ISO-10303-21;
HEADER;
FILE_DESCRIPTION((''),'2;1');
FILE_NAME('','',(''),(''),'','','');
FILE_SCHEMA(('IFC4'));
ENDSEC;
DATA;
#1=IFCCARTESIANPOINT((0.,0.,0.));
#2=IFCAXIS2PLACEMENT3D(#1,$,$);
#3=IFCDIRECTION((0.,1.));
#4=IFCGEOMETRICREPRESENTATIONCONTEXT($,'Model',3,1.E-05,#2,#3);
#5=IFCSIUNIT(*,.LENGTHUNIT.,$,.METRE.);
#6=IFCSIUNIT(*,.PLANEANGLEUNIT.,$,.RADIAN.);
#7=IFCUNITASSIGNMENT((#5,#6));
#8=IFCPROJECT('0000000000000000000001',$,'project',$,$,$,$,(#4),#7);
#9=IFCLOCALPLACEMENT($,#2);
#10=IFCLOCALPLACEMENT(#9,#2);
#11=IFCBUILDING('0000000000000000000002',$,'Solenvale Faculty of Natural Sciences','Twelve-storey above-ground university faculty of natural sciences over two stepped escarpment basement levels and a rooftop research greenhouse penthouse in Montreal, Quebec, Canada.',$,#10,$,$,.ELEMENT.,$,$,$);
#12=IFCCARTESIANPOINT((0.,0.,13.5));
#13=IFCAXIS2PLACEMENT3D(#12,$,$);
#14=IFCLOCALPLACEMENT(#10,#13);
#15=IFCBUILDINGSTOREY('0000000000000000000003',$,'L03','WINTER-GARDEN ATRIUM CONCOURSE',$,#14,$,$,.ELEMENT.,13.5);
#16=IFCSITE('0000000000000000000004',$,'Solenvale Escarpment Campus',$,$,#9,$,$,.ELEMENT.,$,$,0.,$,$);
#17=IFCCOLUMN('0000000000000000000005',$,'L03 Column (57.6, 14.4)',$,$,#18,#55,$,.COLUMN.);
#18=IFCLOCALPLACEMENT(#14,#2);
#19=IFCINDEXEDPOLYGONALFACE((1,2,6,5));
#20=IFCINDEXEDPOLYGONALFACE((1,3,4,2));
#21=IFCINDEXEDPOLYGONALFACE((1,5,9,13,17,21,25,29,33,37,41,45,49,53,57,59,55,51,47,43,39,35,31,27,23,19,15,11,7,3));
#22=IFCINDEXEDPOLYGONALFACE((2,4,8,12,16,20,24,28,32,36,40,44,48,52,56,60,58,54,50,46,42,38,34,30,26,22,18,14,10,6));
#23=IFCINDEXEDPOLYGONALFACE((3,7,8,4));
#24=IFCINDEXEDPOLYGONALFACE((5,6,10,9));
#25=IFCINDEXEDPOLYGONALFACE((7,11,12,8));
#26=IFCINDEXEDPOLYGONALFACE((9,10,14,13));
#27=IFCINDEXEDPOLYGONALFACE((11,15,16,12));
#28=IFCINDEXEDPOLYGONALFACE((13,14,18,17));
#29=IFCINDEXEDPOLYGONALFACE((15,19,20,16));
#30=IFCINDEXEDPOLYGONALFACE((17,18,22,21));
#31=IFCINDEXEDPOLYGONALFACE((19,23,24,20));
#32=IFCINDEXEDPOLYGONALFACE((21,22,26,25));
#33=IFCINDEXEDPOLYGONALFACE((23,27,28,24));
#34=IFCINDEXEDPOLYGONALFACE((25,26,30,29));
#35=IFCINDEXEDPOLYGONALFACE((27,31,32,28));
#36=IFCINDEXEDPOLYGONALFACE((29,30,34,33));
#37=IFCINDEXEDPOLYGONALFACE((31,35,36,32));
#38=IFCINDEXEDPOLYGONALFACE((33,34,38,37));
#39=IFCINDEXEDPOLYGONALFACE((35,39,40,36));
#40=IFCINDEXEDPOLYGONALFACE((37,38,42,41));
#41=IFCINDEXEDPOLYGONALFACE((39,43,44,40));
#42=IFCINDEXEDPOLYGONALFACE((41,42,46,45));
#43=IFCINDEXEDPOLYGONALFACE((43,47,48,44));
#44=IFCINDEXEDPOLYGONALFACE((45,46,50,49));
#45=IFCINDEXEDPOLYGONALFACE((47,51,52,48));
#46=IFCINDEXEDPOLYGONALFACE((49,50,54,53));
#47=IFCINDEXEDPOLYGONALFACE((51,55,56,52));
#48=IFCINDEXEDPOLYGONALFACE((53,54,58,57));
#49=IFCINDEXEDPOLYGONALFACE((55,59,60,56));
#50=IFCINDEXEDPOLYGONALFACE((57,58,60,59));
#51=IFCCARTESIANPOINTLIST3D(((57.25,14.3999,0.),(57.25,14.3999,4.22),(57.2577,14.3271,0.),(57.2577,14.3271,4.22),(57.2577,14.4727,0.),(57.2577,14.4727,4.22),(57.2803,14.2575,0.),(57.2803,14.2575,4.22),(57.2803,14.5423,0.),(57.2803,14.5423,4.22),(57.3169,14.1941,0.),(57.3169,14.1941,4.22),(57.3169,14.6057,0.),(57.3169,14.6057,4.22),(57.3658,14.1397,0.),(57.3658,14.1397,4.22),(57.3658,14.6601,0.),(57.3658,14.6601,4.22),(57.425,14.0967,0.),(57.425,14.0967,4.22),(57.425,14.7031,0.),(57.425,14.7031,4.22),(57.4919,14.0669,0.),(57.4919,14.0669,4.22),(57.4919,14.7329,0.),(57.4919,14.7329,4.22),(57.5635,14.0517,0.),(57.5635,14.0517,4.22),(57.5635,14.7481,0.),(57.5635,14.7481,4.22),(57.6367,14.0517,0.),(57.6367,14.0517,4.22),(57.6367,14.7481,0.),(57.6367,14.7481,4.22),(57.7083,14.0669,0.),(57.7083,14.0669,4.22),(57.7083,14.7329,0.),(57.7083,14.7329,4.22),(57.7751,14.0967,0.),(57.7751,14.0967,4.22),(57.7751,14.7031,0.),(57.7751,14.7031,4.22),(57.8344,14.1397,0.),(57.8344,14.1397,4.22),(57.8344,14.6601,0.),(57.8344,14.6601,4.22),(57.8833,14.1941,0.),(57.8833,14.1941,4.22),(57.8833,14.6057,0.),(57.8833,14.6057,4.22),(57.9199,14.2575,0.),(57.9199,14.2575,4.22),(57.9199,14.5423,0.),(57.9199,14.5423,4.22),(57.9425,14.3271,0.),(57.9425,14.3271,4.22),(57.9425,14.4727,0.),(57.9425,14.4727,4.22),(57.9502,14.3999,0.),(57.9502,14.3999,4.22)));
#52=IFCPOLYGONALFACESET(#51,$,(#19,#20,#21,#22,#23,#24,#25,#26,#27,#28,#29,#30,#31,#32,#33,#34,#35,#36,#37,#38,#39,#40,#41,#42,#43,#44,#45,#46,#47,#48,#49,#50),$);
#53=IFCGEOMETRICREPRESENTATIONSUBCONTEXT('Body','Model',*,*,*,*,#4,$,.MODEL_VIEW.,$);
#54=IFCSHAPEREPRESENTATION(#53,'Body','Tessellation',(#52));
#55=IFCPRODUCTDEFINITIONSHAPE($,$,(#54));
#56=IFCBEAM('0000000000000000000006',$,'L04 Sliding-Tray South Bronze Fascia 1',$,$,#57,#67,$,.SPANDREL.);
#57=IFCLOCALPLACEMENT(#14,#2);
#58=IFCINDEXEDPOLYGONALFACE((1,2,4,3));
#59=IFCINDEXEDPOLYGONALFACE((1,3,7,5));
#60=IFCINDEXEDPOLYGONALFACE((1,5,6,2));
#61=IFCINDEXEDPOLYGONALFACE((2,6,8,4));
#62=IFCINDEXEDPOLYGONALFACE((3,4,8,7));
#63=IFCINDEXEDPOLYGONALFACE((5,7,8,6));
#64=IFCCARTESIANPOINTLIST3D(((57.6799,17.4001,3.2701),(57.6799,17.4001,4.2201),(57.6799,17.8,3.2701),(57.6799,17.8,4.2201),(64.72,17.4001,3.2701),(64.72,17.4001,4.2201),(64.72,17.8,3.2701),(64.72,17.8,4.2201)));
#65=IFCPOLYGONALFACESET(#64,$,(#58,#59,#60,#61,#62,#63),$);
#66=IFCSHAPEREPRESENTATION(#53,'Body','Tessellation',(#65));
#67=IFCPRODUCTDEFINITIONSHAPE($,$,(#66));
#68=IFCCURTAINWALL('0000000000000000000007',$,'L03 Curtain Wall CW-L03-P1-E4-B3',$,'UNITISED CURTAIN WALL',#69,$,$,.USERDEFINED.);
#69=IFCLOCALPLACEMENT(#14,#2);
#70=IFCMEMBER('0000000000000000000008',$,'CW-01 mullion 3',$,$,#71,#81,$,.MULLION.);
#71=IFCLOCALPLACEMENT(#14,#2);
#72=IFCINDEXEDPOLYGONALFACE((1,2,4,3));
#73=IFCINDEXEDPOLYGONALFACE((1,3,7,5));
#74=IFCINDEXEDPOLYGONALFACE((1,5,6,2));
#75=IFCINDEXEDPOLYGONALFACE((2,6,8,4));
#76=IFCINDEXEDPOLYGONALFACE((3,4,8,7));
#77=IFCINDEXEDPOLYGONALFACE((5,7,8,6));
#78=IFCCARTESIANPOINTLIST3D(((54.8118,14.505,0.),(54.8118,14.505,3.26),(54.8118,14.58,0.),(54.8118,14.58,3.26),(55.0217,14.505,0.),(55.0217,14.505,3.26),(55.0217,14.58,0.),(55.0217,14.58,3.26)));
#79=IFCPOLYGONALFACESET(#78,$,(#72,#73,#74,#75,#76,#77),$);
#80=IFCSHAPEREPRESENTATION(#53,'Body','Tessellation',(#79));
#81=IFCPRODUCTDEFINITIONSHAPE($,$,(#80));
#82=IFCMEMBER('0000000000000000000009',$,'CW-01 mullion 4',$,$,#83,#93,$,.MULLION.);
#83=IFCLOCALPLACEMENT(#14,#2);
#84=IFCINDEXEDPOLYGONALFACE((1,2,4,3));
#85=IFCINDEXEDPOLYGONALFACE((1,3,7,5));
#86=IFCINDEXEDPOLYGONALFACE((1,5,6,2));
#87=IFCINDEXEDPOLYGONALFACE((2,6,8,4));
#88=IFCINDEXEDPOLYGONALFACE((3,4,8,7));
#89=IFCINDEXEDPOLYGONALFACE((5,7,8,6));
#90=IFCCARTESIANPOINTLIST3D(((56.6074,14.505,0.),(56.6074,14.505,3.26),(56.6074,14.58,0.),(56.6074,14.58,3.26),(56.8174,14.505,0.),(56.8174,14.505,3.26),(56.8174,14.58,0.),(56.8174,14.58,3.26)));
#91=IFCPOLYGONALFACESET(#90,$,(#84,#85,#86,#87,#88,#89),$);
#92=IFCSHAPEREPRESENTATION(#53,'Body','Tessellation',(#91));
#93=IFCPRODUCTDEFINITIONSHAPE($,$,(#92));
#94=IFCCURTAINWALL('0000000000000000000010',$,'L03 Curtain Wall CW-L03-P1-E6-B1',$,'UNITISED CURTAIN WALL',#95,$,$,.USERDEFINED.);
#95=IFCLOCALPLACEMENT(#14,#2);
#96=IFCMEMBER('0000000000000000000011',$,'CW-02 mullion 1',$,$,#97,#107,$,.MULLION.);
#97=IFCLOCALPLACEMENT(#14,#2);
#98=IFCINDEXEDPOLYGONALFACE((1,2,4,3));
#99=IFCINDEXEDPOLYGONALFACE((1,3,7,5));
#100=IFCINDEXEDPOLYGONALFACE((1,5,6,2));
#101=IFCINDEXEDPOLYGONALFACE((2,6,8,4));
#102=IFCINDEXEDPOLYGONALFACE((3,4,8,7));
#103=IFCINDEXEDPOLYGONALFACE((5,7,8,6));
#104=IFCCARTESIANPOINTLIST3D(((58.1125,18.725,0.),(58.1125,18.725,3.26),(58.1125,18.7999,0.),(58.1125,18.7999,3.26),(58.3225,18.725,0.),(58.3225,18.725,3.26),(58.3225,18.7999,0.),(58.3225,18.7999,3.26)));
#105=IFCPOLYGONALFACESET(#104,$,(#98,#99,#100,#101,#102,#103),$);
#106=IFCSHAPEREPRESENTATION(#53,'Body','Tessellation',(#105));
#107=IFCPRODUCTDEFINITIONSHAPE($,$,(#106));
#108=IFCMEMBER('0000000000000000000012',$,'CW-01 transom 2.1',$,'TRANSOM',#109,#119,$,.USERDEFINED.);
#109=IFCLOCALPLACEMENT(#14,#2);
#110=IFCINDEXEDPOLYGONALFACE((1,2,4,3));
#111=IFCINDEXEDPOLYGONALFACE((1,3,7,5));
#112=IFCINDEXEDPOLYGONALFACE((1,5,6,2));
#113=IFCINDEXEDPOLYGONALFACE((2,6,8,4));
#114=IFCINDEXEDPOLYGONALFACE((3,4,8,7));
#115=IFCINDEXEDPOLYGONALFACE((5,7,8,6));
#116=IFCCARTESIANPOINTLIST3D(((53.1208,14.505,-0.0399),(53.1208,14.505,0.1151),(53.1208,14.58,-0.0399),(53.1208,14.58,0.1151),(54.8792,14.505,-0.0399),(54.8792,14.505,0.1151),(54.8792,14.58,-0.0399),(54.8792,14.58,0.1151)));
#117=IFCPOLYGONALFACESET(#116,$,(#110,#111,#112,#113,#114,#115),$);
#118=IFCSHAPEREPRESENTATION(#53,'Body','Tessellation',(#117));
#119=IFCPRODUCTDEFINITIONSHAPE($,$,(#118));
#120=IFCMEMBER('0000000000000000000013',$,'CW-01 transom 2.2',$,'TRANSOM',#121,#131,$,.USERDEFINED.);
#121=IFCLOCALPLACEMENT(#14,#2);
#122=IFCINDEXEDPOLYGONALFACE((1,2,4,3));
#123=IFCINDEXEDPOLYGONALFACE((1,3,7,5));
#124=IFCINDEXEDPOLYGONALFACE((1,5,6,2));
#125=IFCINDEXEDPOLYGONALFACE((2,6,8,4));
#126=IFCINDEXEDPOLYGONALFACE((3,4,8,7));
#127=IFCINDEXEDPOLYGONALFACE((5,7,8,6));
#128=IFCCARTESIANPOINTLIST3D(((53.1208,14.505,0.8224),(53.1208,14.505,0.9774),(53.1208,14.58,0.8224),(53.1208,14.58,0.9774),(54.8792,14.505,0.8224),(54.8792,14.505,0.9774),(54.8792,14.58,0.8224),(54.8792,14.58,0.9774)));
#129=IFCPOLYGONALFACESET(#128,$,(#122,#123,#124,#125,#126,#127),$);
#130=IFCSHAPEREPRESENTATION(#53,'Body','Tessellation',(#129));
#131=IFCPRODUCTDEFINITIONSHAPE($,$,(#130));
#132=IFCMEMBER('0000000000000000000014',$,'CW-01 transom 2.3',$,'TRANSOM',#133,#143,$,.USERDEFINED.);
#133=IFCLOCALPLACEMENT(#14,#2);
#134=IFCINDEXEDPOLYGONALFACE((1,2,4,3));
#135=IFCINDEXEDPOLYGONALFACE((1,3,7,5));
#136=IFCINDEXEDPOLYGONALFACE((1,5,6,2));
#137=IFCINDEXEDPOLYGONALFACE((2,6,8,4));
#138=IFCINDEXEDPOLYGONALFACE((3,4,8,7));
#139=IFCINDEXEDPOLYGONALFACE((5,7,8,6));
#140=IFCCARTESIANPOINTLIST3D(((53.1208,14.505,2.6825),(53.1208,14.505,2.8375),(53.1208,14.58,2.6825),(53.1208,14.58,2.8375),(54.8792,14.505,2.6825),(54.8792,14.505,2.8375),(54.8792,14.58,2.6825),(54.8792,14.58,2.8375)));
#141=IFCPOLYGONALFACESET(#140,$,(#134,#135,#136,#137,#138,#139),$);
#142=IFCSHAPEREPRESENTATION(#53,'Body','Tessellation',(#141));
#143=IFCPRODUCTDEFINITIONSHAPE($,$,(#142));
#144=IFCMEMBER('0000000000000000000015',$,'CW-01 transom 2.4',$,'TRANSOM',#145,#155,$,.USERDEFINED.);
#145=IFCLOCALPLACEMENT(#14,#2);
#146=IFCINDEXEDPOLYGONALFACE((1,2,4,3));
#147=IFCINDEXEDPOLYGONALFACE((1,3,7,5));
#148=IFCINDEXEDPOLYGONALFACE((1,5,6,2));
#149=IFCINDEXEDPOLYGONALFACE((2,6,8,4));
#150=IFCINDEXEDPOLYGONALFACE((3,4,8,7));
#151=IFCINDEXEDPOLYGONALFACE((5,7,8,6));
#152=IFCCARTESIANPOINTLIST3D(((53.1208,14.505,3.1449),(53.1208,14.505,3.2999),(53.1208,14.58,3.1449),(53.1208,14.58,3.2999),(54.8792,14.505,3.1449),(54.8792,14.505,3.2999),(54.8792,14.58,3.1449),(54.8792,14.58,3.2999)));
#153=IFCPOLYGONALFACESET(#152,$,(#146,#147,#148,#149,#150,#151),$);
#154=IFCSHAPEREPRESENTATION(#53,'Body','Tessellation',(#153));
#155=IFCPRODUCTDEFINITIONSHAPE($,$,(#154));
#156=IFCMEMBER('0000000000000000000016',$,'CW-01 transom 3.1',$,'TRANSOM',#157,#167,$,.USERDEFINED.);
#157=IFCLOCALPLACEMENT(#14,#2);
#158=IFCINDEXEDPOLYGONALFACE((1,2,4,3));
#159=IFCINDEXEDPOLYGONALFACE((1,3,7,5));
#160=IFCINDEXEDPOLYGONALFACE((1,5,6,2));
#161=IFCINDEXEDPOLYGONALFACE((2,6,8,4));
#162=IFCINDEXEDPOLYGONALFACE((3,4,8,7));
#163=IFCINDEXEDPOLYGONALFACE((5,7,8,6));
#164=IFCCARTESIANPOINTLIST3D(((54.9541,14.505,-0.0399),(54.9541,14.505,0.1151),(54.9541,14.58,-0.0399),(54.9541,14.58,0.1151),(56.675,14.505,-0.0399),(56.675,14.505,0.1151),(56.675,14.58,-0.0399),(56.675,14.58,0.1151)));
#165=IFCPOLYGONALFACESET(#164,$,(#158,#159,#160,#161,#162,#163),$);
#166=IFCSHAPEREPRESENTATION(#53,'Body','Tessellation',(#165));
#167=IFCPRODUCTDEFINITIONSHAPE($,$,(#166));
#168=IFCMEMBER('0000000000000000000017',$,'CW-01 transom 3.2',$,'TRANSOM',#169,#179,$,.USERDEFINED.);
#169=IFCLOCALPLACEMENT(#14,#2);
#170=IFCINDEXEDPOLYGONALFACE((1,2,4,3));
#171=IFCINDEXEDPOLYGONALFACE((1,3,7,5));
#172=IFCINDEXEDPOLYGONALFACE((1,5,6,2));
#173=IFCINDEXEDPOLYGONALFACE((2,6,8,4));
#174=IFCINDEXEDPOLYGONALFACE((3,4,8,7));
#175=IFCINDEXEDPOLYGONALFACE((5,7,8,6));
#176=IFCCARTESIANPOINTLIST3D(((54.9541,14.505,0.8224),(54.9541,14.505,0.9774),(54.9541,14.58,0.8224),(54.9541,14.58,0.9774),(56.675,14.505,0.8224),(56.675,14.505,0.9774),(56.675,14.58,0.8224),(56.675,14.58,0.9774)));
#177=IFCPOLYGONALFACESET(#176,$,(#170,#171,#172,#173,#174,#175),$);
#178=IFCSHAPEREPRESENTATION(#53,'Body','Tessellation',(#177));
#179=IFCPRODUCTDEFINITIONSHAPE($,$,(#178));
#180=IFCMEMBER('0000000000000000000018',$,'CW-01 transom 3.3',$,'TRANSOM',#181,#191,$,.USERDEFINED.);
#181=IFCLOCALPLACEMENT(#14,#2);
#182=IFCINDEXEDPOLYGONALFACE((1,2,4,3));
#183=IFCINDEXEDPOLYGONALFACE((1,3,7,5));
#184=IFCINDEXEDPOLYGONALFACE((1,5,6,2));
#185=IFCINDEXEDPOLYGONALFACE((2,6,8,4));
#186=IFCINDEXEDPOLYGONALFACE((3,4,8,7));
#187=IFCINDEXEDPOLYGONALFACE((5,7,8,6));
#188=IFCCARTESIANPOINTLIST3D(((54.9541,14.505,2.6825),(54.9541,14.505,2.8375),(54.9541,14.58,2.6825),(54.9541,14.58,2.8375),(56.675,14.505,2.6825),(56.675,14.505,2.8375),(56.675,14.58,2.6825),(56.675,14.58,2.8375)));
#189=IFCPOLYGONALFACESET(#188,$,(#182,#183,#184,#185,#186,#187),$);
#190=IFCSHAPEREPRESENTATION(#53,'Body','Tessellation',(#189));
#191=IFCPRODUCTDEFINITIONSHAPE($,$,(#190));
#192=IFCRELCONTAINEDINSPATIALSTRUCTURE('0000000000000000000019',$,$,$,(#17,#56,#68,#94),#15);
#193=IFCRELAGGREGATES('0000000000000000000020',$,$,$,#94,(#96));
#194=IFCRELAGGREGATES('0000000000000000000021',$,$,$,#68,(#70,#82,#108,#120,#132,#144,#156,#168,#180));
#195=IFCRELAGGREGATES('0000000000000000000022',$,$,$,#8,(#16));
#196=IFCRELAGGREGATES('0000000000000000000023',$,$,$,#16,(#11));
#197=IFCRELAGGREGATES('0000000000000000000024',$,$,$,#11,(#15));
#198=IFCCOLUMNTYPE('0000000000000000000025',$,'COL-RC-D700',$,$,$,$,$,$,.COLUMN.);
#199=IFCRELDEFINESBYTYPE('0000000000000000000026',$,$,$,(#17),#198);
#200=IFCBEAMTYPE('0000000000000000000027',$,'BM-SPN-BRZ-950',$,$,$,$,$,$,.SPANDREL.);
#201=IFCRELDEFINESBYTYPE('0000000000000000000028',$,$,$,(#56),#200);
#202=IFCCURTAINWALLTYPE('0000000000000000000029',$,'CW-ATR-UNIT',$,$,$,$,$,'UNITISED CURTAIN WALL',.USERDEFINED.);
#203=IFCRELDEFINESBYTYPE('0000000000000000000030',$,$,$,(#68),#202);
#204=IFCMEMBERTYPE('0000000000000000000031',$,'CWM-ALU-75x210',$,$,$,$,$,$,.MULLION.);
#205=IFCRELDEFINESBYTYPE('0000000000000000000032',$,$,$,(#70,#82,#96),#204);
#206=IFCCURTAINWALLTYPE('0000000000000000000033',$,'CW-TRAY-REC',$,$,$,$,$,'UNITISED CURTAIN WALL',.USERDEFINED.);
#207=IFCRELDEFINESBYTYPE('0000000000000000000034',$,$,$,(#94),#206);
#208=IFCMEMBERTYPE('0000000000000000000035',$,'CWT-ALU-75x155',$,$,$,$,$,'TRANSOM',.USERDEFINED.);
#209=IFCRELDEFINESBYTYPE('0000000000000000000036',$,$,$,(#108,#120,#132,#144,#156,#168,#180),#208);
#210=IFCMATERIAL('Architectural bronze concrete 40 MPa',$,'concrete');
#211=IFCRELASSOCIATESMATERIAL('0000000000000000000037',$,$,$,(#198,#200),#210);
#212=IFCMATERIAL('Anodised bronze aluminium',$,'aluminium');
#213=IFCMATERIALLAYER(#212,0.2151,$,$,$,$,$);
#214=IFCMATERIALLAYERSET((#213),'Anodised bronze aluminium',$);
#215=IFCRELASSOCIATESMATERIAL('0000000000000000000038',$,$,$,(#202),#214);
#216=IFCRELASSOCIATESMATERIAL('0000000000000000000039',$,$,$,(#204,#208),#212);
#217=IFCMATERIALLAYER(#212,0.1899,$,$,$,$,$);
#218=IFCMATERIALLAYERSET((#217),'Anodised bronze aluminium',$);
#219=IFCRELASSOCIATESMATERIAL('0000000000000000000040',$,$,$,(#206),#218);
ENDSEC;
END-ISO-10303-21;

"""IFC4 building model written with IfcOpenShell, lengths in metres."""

from ifc_helpers import new_model, si_unit, direction, frame, origin, origin_2d, place, context, subcontext, project, spatial, rectangle, circle, extrude, material, layer, layer_set, material_profile, profile_set, type_object, element, aggregate, save


model = new_model("IFC4")

# Units and contexts
model_context = context("Model", 3, precision=1e-05, world=origin(), true_north=direction((0.0, 1.0)))
body_context = subcontext(model_context, "Body", "Model", "MODEL_VIEW")
ifc_project = project(units=[si_unit("LENGTHUNIT", "METRE"), si_unit("PLANEANGLEUNIT", "RADIAN")], contexts=[model_context])

# Site, building, storey
site_placement = place(None, origin())
site = spatial("IfcSite", under=ifc_project, at=site_placement, Name="Solenvale Escarpment Campus", CompositionType="ELEMENT", RefElevation=0.0)
building_placement = place(site_placement, origin())
building = spatial("IfcBuilding", under=site, at=building_placement, Name="Solenvale Faculty of Natural Sciences", Description="Twelve-storey above-ground university faculty of natural sciences over two stepped escarpment basement levels and a rooftop research greenhouse penthouse in Montreal, Quebec, Canada.", CompositionType="ELEMENT")
storey_placement = place(building_placement, frame((0.0, 0.0, 13.5)))
storey = spatial("IfcBuildingStorey", under=building, at=storey_placement, Name="L03", Description="WINTER-GARDEN ATRIUM CONCOURSE", CompositionType="ELEMENT", Elevation=13.5)

# Column
ifc_material_1 = material(Name="Architectural bronze concrete 40 MPa", Category="concrete")
ifc_material_profile_1 = material_profile(ifc_material_1, circle(Radius=0.3501, at=origin_2d()), Name="RC-COL-D700")
ifc_profile_set_1 = profile_set([ifc_material_profile_1], Name="Architectural bronze concrete 40 MPa")
column_type = type_object("IfcColumnType", Name="COL-RC-D700", PredefinedType="COLUMN", material=ifc_profile_set_1)
column_placement = place(storey_placement, frame((57.6001, 14.3999, 0.0), z_axis=(0.0, 0.0, 1.0), x_axis=(1.0, 0.0, 0.0)))
element("IfcColumn", 1, at=column_placement, inside=storey, type_object=column_type, Name="L03 Column (57.6, 14.4)", PredefinedType="COLUMN", context=body_context, shape_type="SweptSolid", body=[
    extrude(circle(Radius=0.3501, at=origin_2d()), origin(), (0.0, 0.0, 1.0), 4.22),
])

# Beam
ifc_material_profile_2 = material_profile(ifc_material_1, rectangle(XDim=0.3999, YDim=0.95, at=origin_2d()), Name="RC-SPN-400x950")
ifc_profile_set_2 = profile_set([ifc_material_profile_2], Name="Architectural bronze concrete 40 MPa")
beam_type = type_object("IfcBeamType", Name="BM-SPN-BRZ-950", PredefinedType="SPANDREL", material=ifc_profile_set_2)
beam_placement = place(storey_placement, frame((57.6799, 17.6001, 3.7451), z_axis=(1.0, 0.0, 0.0), x_axis=(0.0, 1.0, 0.0)))
element("IfcBeam", 2, at=beam_placement, inside=storey, type_object=beam_type, Name="L04 Sliding-Tray South Bronze Fascia 1", PredefinedType="SPANDREL", context=body_context, shape_type="SweptSolid", body=[
    extrude(rectangle(XDim=0.3999, YDim=0.95, at=origin_2d()), origin(), (0.0, 0.0, 1.0), 7.04),
])

# Curtain wall, members
ifc_material_2 = material(Name="Anodised bronze aluminium", Category="aluminium")
ifc_layer_1 = layer(ifc_material_2, 0.2151)
ifc_layer_set_1 = layer_set([ifc_layer_1], Name="Anodised bronze aluminium")
curtain_wall_type_1 = type_object("IfcCurtainWallType", Name="CW-ATR-UNIT", ElementType="UNITISED CURTAIN WALL", PredefinedType="USERDEFINED", material=ifc_layer_set_1)
curtain_wall_1_placement = place(storey_placement, origin())
curtain_wall_1 = element("IfcCurtainWall", 3, at=curtain_wall_1_placement, inside=storey, type_object=curtain_wall_type_1, Name="L03 Curtain Wall CW-L03-P1-E4-B3", ObjectType="UNITISED CURTAIN WALL", PredefinedType="USERDEFINED")
ifc_material_profile_3 = material_profile(ifc_material_2, rectangle(XDim=0.075, YDim=0.21, at=origin_2d()), Name="ALU-MUL-75x210")
ifc_profile_set_3 = profile_set([ifc_material_profile_3], Name="Anodised bronze aluminium")
member_type_1 = type_object("IfcMemberType", Name="CWM-ALU-75x210", PredefinedType="MULLION", material=ifc_profile_set_3)
member_1_placement = place(storey_placement, frame((54.9167, 14.5425, 0.0), z_axis=(0.0, 0.0, 1.0), x_axis=(0.0, 1.0, 0.0)))
member_1 = element("IfcMember", 4, at=member_1_placement, type_object=member_type_1, Name="CW-01 mullion 3", PredefinedType="MULLION", context=body_context, shape_type="SweptSolid", body=[
    extrude(rectangle(XDim=0.075, YDim=0.21, at=origin_2d()), origin(), (0.0, 0.0, 1.0), 3.26),
])
member_2_placement = place(storey_placement, frame((56.7124, 14.5425, 0.0), z_axis=(0.0, 0.0, 1.0), x_axis=(0.0, 1.0, 0.0)))
member_2 = element("IfcMember", 5, at=member_2_placement, type_object=member_type_1, Name="CW-01 mullion 4", PredefinedType="MULLION", context=body_context, shape_type="SweptSolid", body=[
    extrude(rectangle(XDim=0.075, YDim=0.21, at=origin_2d()), origin(), (0.0, 0.0, 1.0), 3.26),
])

# Curtain wall, member
ifc_layer_2 = layer(ifc_material_2, 0.1899)
ifc_layer_set_2 = layer_set([ifc_layer_2], Name="Anodised bronze aluminium")
curtain_wall_type_2 = type_object("IfcCurtainWallType", Name="CW-TRAY-REC", ElementType="UNITISED CURTAIN WALL", PredefinedType="USERDEFINED", material=ifc_layer_set_2)
curtain_wall_2_placement = place(storey_placement, origin())
curtain_wall_2 = element("IfcCurtainWall", 6, at=curtain_wall_2_placement, inside=storey, type_object=curtain_wall_type_2, Name="L03 Curtain Wall CW-L03-P1-E6-B1", ObjectType="UNITISED CURTAIN WALL", PredefinedType="USERDEFINED")
member_3_placement = place(storey_placement, frame((58.2175, 18.7625, 0.0), z_axis=(0.0, 0.0, 1.0), x_axis=(0.0, 1.0, 0.0)))
member_3 = element("IfcMember", 7, at=member_3_placement, type_object=member_type_1, Name="CW-02 mullion 1", PredefinedType="MULLION", context=body_context, shape_type="SweptSolid", body=[
    extrude(rectangle(XDim=0.075, YDim=0.21, at=origin_2d()), origin(), (0.0, 0.0, 1.0), 3.26),
])

# Members
ifc_material_profile_4 = material_profile(ifc_material_2, rectangle(XDim=0.075, YDim=0.155, at=origin_2d()), Name="ALU-TRN-75x155")
ifc_profile_set_4 = profile_set([ifc_material_profile_4], Name="Anodised bronze aluminium")
member_type_2 = type_object("IfcMemberType", Name="CWT-ALU-75x155", ElementType="TRANSOM", PredefinedType="USERDEFINED", material=ifc_profile_set_4)
member_4_placement = place(storey_placement, frame((53.1208, 14.5425, 0.0376), z_axis=(1.0, 0.0, 0.0), x_axis=(0.0, 1.0, 0.0)))
member_4 = element("IfcMember", 8, at=member_4_placement, type_object=member_type_2, Name="CW-01 transom 2.1", ObjectType="TRANSOM", PredefinedType="USERDEFINED", context=body_context, shape_type="SweptSolid", body=[
    extrude(rectangle(XDim=0.075, YDim=0.155, at=origin_2d()), origin(), (0.0, 0.0, 1.0), 1.7583),
])
member_5_placement = place(storey_placement, frame((53.1208, 14.5425, 0.8999), z_axis=(1.0, 0.0, 0.0), x_axis=(0.0, 1.0, 0.0)))
member_5 = element("IfcMember", 9, at=member_5_placement, type_object=member_type_2, Name="CW-01 transom 2.2", ObjectType="TRANSOM", PredefinedType="USERDEFINED", context=body_context, shape_type="SweptSolid", body=[
    extrude(rectangle(XDim=0.075, YDim=0.155, at=origin_2d()), origin(), (0.0, 0.0, 1.0), 1.7583),
])
member_6_placement = place(storey_placement, frame((53.1208, 14.5425, 2.76), z_axis=(1.0, 0.0, 0.0), x_axis=(0.0, 1.0, 0.0)))
member_6 = element("IfcMember", 10, at=member_6_placement, type_object=member_type_2, Name="CW-01 transom 2.3", ObjectType="TRANSOM", PredefinedType="USERDEFINED", context=body_context, shape_type="SweptSolid", body=[
    extrude(rectangle(XDim=0.075, YDim=0.155, at=origin_2d()), origin(), (0.0, 0.0, 1.0), 1.7583),
])
member_7_placement = place(storey_placement, frame((53.1208, 14.5425, 3.2224), z_axis=(1.0, 0.0, 0.0), x_axis=(0.0, 1.0, 0.0)))
member_7 = element("IfcMember", 11, at=member_7_placement, type_object=member_type_2, Name="CW-01 transom 2.4", ObjectType="TRANSOM", PredefinedType="USERDEFINED", context=body_context, shape_type="SweptSolid", body=[
    extrude(rectangle(XDim=0.075, YDim=0.155, at=origin_2d()), origin(), (0.0, 0.0, 1.0), 1.7583),
])
member_8_placement = place(storey_placement, frame((54.9541, 14.5425, 0.0376), z_axis=(1.0, 0.0, 0.0), x_axis=(0.0, 1.0, 0.0)))
member_8 = element("IfcMember", 12, at=member_8_placement, type_object=member_type_2, Name="CW-01 transom 3.1", ObjectType="TRANSOM", PredefinedType="USERDEFINED", context=body_context, shape_type="SweptSolid", body=[
    extrude(rectangle(XDim=0.075, YDim=0.155, at=origin_2d()), origin(), (0.0, 0.0, 1.0), 1.7209),
])
member_9_placement = place(storey_placement, frame((54.9541, 14.5425, 0.8999), z_axis=(1.0, 0.0, 0.0), x_axis=(0.0, 1.0, 0.0)))
member_9 = element("IfcMember", 13, at=member_9_placement, type_object=member_type_2, Name="CW-01 transom 3.2", ObjectType="TRANSOM", PredefinedType="USERDEFINED", context=body_context, shape_type="SweptSolid", body=[
    extrude(rectangle(XDim=0.075, YDim=0.155, at=origin_2d()), origin(), (0.0, 0.0, 1.0), 1.7209),
])
member_10_placement = place(storey_placement, frame((54.9541, 14.5425, 2.76), z_axis=(1.0, 0.0, 0.0), x_axis=(0.0, 1.0, 0.0)))
member_10 = element("IfcMember", 14, at=member_10_placement, type_object=member_type_2, Name="CW-01 transom 3.3", ObjectType="TRANSOM", PredefinedType="USERDEFINED", context=body_context, shape_type="SweptSolid", body=[
    extrude(rectangle(XDim=0.075, YDim=0.155, at=origin_2d()), origin(), (0.0, 0.0, 1.0), 1.7209),
])
aggregate(curtain_wall_2, [member_3])

aggregate(curtain_wall_1, [member_1, member_2, member_4, member_5, member_6, member_7, member_8, member_9, member_10])

save(model, "model.ifc")
